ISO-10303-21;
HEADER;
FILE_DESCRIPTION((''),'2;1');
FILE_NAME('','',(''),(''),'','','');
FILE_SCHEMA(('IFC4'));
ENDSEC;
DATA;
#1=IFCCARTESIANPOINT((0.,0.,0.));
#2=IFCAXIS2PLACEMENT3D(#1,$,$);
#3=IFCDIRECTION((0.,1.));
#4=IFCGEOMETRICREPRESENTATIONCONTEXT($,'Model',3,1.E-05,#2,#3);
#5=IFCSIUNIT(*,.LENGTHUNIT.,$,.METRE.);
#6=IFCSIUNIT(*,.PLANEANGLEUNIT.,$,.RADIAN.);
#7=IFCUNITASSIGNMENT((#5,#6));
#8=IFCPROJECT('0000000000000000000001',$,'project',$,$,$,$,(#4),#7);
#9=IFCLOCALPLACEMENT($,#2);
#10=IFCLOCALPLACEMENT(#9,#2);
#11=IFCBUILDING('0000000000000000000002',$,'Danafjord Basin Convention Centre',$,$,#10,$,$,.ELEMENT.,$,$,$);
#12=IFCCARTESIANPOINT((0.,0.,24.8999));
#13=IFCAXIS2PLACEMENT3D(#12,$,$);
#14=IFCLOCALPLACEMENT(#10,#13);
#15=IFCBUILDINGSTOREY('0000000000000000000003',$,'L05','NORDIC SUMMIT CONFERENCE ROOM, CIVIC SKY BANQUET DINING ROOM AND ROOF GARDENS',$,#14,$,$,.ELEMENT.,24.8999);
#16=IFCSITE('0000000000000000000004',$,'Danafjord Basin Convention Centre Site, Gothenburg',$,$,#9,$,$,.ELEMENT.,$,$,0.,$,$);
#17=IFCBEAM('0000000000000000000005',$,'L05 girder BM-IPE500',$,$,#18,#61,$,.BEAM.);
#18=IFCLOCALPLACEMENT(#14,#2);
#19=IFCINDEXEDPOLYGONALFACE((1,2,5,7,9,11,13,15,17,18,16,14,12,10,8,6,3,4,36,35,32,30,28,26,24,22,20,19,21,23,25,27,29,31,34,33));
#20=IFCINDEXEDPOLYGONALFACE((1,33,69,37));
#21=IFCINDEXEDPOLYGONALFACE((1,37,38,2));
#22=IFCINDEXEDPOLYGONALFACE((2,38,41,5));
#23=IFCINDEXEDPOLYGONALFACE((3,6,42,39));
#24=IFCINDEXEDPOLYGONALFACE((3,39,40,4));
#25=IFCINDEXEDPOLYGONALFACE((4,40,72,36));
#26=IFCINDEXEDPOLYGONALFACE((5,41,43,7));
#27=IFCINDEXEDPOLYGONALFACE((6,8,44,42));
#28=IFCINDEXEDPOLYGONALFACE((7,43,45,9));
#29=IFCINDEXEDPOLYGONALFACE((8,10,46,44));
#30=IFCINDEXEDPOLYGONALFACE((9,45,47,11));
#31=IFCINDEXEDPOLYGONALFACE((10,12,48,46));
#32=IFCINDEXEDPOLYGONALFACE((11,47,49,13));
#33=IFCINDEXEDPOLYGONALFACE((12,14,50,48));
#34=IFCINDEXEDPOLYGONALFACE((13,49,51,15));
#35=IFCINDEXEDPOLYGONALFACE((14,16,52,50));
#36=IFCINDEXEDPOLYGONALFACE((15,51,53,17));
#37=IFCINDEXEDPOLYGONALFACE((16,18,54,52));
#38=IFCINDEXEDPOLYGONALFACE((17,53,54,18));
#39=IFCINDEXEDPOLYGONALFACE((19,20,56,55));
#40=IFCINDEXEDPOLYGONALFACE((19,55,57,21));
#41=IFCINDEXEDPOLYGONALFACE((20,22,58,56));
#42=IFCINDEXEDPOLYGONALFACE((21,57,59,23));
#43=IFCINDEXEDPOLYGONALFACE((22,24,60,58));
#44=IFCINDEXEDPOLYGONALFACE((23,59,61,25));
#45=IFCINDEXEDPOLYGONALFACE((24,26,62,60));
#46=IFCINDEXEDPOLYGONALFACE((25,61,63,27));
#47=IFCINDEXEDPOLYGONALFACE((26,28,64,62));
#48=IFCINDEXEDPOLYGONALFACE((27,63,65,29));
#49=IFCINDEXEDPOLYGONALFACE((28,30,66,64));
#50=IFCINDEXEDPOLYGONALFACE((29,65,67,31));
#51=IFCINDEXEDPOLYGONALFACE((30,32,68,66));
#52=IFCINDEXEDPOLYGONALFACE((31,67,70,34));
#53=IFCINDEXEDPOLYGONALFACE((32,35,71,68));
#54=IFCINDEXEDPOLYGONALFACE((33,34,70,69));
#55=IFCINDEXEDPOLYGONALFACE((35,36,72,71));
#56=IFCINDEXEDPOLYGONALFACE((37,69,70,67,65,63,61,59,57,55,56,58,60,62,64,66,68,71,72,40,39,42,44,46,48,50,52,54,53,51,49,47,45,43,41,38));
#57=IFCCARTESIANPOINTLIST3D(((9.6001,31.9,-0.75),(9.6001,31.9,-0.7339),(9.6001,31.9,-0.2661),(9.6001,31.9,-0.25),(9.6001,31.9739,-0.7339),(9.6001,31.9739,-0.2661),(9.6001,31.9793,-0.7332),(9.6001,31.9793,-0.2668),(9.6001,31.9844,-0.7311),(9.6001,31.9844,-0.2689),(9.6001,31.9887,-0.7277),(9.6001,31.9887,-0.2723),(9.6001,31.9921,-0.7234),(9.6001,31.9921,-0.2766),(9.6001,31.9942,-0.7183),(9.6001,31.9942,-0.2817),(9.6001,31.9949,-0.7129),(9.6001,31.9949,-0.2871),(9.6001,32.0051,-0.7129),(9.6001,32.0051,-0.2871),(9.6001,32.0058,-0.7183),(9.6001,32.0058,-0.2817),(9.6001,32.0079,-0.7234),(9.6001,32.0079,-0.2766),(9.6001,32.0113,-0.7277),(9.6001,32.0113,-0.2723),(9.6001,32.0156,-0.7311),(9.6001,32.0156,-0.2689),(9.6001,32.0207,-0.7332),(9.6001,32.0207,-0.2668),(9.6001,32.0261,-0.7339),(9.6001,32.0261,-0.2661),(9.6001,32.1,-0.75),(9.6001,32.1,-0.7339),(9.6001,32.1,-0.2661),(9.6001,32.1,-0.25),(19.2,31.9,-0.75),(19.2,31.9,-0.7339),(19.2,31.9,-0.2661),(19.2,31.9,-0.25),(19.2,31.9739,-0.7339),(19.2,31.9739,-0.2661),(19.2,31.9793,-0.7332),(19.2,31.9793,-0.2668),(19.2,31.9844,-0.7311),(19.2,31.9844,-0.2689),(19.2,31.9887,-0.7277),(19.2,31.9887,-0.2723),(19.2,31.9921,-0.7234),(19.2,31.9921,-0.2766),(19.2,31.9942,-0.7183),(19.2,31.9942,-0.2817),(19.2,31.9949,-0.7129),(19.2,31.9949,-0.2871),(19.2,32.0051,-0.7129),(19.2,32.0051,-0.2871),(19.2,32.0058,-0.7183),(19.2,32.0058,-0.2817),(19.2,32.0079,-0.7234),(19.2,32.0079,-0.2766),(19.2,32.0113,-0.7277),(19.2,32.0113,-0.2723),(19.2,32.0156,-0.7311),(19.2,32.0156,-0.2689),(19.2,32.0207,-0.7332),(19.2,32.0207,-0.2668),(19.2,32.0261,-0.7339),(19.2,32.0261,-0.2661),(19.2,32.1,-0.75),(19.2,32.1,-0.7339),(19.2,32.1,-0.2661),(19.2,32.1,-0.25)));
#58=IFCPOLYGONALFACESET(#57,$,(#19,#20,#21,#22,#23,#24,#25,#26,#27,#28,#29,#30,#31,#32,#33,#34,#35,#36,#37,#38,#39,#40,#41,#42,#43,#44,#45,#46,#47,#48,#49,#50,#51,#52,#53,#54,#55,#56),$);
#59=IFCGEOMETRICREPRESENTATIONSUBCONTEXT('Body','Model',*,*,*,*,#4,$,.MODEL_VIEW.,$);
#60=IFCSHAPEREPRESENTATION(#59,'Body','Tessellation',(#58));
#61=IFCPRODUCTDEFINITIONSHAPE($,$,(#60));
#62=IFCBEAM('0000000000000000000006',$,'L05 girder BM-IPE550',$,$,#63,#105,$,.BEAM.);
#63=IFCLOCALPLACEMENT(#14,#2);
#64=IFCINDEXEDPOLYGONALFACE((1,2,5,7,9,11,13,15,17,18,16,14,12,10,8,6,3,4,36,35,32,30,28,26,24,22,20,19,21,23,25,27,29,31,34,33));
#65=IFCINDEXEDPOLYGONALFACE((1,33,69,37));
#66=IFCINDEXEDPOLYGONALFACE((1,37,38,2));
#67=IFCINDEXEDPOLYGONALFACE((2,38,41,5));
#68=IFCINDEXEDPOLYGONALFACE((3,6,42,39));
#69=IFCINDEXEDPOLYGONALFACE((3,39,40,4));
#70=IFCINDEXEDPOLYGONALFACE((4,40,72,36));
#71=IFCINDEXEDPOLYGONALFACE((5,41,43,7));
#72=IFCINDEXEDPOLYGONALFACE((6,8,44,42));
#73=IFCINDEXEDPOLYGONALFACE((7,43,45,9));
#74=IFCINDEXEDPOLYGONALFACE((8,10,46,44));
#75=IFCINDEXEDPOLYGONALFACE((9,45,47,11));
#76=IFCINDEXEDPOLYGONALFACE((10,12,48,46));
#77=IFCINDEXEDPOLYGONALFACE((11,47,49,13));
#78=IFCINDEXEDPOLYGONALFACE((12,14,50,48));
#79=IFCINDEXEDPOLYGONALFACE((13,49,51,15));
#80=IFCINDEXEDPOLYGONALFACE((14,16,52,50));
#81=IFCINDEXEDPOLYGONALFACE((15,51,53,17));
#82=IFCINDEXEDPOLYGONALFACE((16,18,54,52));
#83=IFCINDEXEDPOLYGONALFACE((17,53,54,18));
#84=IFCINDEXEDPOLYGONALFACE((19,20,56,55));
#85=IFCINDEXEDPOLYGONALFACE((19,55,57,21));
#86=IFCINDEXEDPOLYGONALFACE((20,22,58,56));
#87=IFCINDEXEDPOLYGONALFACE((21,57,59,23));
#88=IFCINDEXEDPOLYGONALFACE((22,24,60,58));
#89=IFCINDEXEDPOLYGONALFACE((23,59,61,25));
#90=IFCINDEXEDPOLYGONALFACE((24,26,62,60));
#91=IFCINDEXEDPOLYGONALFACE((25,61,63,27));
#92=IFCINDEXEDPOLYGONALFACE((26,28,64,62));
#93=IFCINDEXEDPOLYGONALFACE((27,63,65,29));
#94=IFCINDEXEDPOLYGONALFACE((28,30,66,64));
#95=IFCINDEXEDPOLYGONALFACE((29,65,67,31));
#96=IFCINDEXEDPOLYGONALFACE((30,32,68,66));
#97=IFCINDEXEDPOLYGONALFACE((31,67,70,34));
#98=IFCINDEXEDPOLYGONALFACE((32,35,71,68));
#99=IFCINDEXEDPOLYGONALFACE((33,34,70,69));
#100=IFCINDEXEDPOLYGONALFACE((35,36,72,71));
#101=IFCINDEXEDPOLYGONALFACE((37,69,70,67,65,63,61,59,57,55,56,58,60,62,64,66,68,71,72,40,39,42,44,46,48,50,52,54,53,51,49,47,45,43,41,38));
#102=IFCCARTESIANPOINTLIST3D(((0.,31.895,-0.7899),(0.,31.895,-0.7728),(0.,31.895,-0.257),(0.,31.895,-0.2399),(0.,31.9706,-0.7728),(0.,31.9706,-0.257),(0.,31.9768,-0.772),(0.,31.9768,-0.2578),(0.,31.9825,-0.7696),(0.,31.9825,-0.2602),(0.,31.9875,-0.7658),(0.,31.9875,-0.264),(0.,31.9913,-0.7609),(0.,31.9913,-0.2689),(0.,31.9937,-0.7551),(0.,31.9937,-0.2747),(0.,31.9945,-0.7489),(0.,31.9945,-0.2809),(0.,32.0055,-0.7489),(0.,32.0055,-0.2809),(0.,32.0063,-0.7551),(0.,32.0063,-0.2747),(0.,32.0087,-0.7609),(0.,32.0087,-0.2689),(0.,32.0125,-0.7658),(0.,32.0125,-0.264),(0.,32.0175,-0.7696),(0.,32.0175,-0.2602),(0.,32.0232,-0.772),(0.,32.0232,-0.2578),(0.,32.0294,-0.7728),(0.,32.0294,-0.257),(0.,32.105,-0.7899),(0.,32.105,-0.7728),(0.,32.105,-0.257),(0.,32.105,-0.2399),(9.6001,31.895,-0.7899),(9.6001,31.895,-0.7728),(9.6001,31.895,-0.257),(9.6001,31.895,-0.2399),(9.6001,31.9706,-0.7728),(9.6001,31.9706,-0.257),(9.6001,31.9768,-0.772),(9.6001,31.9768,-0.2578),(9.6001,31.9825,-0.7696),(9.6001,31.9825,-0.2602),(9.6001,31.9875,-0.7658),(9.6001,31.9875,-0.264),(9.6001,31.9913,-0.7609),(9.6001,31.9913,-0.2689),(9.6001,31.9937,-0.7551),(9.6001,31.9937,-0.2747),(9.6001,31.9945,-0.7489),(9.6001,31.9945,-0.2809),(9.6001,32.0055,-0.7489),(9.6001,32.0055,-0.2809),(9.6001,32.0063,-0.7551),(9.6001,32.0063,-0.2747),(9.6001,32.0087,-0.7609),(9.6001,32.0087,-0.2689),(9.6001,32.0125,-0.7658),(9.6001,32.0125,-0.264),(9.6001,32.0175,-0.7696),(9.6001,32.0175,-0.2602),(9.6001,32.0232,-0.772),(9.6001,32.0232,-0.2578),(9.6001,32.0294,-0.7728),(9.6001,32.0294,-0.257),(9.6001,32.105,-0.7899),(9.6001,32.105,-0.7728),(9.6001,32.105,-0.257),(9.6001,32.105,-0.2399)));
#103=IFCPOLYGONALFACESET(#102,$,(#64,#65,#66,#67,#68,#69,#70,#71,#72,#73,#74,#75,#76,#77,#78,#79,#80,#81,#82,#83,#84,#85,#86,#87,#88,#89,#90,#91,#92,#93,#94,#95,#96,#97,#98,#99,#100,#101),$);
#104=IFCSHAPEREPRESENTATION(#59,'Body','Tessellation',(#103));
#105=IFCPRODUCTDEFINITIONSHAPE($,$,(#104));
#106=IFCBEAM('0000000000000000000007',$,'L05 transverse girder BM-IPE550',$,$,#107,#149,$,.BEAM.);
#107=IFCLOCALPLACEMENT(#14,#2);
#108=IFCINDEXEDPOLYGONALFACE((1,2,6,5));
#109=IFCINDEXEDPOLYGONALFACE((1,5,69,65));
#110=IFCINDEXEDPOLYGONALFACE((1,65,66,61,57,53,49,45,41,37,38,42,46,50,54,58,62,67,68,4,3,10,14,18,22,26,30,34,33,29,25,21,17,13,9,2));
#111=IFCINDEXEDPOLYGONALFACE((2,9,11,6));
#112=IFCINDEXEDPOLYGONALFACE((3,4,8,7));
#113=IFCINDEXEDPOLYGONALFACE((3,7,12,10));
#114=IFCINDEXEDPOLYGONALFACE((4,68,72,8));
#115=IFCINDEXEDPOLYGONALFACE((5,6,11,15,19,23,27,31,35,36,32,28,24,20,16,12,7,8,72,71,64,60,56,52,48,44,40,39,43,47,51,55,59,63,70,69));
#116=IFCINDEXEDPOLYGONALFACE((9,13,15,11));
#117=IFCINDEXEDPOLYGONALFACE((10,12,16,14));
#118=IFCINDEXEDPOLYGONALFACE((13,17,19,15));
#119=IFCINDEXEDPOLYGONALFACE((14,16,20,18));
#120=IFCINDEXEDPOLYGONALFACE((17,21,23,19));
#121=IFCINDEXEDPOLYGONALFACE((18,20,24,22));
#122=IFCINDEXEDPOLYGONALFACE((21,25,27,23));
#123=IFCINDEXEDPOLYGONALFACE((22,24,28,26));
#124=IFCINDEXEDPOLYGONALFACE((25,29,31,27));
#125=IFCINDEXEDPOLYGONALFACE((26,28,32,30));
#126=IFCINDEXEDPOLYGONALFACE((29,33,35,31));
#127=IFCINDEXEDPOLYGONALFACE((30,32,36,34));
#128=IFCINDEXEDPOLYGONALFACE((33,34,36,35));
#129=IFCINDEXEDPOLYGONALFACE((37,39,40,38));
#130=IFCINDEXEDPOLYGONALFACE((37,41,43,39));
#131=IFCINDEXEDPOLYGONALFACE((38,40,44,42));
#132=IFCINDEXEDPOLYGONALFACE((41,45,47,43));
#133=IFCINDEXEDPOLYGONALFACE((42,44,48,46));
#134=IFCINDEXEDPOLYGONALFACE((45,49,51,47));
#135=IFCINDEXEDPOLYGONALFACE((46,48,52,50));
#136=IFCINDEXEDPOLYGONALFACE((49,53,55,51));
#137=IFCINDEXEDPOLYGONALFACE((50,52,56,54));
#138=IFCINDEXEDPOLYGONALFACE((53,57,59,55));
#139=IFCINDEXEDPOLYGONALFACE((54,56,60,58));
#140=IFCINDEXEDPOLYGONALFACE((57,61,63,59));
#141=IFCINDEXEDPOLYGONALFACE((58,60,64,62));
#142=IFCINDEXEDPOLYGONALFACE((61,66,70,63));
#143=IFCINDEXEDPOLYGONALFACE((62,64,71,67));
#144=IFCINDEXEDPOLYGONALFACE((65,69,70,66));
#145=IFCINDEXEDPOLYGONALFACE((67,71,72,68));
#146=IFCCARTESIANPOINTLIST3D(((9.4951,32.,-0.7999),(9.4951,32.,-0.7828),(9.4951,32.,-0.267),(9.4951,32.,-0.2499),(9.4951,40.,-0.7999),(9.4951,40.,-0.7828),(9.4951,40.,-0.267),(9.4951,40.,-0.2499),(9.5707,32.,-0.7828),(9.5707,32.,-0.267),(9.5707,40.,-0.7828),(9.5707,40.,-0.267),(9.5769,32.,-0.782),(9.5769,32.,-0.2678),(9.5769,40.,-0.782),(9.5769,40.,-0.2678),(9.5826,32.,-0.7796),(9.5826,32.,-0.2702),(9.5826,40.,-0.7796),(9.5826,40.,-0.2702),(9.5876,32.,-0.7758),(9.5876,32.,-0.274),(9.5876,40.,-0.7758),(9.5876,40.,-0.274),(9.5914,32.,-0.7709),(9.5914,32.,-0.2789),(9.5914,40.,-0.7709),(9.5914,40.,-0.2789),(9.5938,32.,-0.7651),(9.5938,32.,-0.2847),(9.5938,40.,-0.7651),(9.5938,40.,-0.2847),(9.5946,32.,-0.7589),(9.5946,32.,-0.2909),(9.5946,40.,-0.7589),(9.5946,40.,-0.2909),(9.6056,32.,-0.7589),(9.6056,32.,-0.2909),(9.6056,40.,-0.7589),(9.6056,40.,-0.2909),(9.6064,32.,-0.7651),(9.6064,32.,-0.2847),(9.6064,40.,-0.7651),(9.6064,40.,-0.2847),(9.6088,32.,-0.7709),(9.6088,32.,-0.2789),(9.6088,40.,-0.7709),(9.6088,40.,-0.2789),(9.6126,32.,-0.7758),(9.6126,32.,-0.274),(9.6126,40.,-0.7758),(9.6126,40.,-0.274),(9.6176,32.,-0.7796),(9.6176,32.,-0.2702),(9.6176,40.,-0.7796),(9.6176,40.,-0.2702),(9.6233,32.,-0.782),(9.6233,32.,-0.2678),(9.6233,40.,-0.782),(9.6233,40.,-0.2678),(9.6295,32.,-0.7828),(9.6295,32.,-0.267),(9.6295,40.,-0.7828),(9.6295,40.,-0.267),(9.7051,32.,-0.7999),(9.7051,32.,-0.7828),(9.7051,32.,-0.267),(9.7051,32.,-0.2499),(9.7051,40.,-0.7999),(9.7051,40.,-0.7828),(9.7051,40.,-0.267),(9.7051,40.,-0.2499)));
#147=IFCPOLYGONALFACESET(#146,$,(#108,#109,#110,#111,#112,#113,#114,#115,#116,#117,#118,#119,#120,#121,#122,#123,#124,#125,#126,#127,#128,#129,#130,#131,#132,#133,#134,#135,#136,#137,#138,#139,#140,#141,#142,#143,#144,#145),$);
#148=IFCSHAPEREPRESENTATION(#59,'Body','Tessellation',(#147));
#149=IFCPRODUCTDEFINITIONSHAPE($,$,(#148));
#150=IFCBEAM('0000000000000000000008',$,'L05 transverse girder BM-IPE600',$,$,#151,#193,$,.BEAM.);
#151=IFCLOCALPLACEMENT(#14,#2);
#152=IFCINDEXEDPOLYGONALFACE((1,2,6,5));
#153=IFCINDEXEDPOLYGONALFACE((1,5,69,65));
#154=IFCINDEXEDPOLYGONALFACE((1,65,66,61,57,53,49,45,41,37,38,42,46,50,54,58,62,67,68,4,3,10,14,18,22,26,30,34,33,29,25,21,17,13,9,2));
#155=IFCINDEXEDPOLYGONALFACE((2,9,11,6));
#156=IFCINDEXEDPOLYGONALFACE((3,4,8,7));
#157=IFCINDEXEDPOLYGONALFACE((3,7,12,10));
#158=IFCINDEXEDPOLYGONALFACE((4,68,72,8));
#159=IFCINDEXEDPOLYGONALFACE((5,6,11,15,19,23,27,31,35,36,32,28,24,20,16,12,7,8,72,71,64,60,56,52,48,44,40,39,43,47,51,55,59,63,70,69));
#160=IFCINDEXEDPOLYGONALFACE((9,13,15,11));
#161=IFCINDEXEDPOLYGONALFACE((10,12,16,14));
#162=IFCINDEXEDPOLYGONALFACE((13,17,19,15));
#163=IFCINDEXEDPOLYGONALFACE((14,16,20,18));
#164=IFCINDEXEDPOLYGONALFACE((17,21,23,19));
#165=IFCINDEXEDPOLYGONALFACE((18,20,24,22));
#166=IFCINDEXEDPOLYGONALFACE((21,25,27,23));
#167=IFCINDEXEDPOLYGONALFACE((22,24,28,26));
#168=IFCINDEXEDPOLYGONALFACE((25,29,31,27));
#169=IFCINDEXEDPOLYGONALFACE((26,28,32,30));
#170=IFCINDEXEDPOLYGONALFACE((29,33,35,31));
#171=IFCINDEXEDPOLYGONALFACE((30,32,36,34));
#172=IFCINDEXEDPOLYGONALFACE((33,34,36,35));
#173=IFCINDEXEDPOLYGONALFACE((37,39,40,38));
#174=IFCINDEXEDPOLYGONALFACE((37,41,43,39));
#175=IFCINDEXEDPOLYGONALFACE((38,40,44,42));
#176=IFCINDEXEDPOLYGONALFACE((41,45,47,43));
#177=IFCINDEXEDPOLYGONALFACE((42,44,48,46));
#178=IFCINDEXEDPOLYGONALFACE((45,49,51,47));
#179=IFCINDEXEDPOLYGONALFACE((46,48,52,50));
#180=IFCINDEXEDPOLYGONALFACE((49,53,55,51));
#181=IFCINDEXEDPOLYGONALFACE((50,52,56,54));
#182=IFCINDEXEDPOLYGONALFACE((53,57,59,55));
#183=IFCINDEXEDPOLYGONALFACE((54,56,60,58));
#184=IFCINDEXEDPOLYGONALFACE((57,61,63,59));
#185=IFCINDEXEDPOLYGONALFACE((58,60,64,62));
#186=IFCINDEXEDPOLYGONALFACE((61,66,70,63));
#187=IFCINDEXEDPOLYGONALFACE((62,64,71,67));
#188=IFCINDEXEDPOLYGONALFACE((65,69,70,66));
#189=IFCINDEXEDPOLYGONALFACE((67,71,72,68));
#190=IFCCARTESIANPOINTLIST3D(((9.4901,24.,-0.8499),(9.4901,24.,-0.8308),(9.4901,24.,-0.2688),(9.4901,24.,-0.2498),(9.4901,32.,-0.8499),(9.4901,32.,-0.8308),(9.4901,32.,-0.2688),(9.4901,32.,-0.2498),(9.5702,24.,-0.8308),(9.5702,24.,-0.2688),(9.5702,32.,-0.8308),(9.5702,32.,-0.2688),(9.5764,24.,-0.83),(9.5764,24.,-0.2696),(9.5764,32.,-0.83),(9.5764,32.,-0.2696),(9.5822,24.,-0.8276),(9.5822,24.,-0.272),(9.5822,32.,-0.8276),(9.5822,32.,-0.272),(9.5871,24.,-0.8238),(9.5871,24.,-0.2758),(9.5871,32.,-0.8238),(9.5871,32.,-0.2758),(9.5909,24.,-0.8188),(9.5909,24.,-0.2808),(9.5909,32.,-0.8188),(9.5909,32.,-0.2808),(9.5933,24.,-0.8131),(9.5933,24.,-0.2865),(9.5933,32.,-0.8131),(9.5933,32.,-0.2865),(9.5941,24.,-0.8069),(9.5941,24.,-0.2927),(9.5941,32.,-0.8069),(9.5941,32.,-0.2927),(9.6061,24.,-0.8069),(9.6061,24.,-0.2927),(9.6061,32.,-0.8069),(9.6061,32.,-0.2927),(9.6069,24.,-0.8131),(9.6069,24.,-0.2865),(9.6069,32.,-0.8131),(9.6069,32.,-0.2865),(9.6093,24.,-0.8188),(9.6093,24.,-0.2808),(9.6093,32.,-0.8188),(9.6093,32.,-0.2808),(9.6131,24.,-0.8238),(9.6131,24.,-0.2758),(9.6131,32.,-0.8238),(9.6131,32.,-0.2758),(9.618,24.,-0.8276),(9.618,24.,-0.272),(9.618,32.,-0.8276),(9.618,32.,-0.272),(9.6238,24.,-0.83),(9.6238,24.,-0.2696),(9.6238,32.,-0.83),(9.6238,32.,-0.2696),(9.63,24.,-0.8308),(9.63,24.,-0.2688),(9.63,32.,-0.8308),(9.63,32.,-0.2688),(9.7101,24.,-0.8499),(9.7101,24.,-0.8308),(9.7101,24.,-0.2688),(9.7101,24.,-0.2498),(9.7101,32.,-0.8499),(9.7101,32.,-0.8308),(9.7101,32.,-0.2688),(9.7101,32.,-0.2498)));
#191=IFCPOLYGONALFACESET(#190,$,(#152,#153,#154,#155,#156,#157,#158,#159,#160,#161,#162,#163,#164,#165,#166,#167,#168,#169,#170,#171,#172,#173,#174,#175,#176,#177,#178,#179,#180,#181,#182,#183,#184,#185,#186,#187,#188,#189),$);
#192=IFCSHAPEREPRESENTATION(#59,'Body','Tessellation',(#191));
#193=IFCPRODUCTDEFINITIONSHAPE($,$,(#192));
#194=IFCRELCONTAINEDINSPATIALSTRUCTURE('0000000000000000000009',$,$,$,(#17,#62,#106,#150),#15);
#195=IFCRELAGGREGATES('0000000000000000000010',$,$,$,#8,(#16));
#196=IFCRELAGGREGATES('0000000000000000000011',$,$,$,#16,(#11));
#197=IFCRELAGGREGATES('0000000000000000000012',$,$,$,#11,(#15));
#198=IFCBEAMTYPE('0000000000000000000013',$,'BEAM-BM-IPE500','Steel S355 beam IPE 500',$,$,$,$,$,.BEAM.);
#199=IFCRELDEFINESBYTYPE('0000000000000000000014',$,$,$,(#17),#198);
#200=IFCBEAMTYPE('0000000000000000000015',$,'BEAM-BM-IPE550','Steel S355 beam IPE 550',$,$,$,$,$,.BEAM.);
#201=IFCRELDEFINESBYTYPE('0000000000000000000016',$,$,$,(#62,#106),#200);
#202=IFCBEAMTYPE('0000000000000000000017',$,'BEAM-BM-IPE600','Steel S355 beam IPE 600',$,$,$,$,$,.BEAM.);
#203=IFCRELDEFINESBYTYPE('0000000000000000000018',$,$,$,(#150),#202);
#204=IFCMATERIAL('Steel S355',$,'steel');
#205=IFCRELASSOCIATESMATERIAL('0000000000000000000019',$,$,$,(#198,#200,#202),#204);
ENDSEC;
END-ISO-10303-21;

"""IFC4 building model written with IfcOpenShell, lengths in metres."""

from ifc_helpers import new_model, si_unit, direction, frame, origin, origin_2d, place, context, subcontext, project, spatial, i_section, extrude, material, material_profile, profile_set, type_object, element, save


model = new_model("IFC4")

# Units and contexts
model_context = context("Model", 3, precision=1e-05, world=origin(), true_north=direction((0.0, 1.0)))
body_context = subcontext(model_context, "Body", "Model", "MODEL_VIEW")
ifc_project = project(units=[si_unit("LENGTHUNIT", "METRE"), si_unit("PLANEANGLEUNIT", "RADIAN")], contexts=[model_context])

# Site, building, storey
site_placement = place(None, origin())
site = spatial("IfcSite", under=ifc_project, at=site_placement, Name="Danafjord Basin Convention Centre Site, Gothenburg", CompositionType="ELEMENT", RefElevation=0.0)
building_placement = place(site_placement, origin())
building = spatial("IfcBuilding", under=site, at=building_placement, Name="Danafjord Basin Convention Centre", CompositionType="ELEMENT")
storey_placement = place(building_placement, frame((0.0, 0.0, 24.8999)))
storey = spatial("IfcBuildingStorey", under=building, at=storey_placement, Name="L05", Description="NORDIC SUMMIT CONFERENCE ROOM, CIVIC SKY BANQUET DINING ROOM AND ROOF GARDENS", CompositionType="ELEMENT", Elevation=24.8999)

# Shared definitions
ifc_material_1 = material(Name="Steel S355", Category="steel")

# Beams
ifc_material_profile_1 = material_profile(ifc_material_1, i_section(OverallWidth=0.2, OverallDepth=0.5, WebThickness=0.0103, FlangeThickness=0.0161, FilletRadius=0.021, at=origin_2d()), Name="IPE 500")
ifc_profile_set_1 = profile_set([ifc_material_profile_1], Name="Steel S355")
beam_type_1 = type_object("IfcBeamType", Name="BEAM-BM-IPE500", Description="Steel S355 beam IPE 500", PredefinedType="BEAM", material=ifc_profile_set_1)
beam_1_placement = place(storey_placement, frame((9.6001, 32.0, -0.5), z_axis=(1.0, 0.0, 0.0), x_axis=(0.0, 1.0, 0.0)))
element("IfcBeam", 1, at=beam_1_placement, inside=storey, type_object=beam_type_1, Name="L05 girder BM-IPE500", PredefinedType="BEAM", context=body_context, shape_type="SweptSolid", body=[
    extrude(i_section(OverallWidth=0.2, OverallDepth=0.5, WebThickness=0.0103, FlangeThickness=0.0161, FilletRadius=0.021, at=origin_2d()), origin(), (0.0, 0.0, 1.0), 9.5999),
])
ifc_material_profile_2 = material_profile(ifc_material_1, i_section(OverallWidth=0.21, OverallDepth=0.55, WebThickness=0.011, FlangeThickness=0.0171, FilletRadius=0.0239, at=origin_2d()), Name="IPE 550")
ifc_profile_set_2 = profile_set([ifc_material_profile_2], Name="Steel S355")
beam_type_2 = type_object("IfcBeamType", Name="BEAM-BM-IPE550", Description="Steel S355 beam IPE 550", PredefinedType="BEAM", material=ifc_profile_set_2)
beam_2_placement = place(storey_placement, frame((0.0, 32.0, -0.5149), z_axis=(1.0, 0.0, 0.0), x_axis=(0.0, 1.0, 0.0)))
element("IfcBeam", 2, at=beam_2_placement, inside=storey, type_object=beam_type_2, Name="L05 girder BM-IPE550", PredefinedType="BEAM", context=body_context, shape_type="SweptSolid", body=[
    extrude(i_section(OverallWidth=0.21, OverallDepth=0.55, WebThickness=0.011, FlangeThickness=0.0171, FilletRadius=0.0239, at=origin_2d()), origin(), (0.0, 0.0, 1.0), 9.6001),
])
beam_3_placement = place(storey_placement, frame((9.6001, 32.0, -0.5249), z_axis=(0.0, 1.0, 0.0), x_axis=(-1.0, 0.0, 0.0)))
element("IfcBeam", 3, at=beam_3_placement, inside=storey, type_object=beam_type_2, Name="L05 transverse girder BM-IPE550", PredefinedType="BEAM", context=body_context, shape_type="SweptSolid", body=[
    extrude(i_section(OverallWidth=0.21, OverallDepth=0.55, WebThickness=0.011, FlangeThickness=0.0171, FilletRadius=0.0239, at=origin_2d()), origin(), (0.0, 0.0, 1.0), 8.0),
])
ifc_material_profile_3 = material_profile(ifc_material_1, i_section(OverallWidth=0.22, OverallDepth=0.6001, WebThickness=0.012, FlangeThickness=0.019, FilletRadius=0.0239, at=origin_2d()), Name="IPE 600")
ifc_profile_set_3 = profile_set([ifc_material_profile_3], Name="Steel S355")
beam_type_3 = type_object("IfcBeamType", Name="BEAM-BM-IPE600", Description="Steel S355 beam IPE 600", PredefinedType="BEAM", material=ifc_profile_set_3)
beam_4_placement = place(storey_placement, frame((9.6001, 24.0, -0.5498), z_axis=(0.0, 1.0, 0.0), x_axis=(-1.0, 0.0, 0.0)))
element("IfcBeam", 4, at=beam_4_placement, inside=storey, type_object=beam_type_3, Name="L05 transverse girder BM-IPE600", PredefinedType="BEAM", context=body_context, shape_type="SweptSolid", body=[
    extrude(i_section(OverallWidth=0.22, OverallDepth=0.6001, WebThickness=0.012, FlangeThickness=0.019, FilletRadius=0.0239, at=origin_2d()), origin(), (0.0, 0.0, 1.0), 8.0),
])

save(model, "model.ifc")
